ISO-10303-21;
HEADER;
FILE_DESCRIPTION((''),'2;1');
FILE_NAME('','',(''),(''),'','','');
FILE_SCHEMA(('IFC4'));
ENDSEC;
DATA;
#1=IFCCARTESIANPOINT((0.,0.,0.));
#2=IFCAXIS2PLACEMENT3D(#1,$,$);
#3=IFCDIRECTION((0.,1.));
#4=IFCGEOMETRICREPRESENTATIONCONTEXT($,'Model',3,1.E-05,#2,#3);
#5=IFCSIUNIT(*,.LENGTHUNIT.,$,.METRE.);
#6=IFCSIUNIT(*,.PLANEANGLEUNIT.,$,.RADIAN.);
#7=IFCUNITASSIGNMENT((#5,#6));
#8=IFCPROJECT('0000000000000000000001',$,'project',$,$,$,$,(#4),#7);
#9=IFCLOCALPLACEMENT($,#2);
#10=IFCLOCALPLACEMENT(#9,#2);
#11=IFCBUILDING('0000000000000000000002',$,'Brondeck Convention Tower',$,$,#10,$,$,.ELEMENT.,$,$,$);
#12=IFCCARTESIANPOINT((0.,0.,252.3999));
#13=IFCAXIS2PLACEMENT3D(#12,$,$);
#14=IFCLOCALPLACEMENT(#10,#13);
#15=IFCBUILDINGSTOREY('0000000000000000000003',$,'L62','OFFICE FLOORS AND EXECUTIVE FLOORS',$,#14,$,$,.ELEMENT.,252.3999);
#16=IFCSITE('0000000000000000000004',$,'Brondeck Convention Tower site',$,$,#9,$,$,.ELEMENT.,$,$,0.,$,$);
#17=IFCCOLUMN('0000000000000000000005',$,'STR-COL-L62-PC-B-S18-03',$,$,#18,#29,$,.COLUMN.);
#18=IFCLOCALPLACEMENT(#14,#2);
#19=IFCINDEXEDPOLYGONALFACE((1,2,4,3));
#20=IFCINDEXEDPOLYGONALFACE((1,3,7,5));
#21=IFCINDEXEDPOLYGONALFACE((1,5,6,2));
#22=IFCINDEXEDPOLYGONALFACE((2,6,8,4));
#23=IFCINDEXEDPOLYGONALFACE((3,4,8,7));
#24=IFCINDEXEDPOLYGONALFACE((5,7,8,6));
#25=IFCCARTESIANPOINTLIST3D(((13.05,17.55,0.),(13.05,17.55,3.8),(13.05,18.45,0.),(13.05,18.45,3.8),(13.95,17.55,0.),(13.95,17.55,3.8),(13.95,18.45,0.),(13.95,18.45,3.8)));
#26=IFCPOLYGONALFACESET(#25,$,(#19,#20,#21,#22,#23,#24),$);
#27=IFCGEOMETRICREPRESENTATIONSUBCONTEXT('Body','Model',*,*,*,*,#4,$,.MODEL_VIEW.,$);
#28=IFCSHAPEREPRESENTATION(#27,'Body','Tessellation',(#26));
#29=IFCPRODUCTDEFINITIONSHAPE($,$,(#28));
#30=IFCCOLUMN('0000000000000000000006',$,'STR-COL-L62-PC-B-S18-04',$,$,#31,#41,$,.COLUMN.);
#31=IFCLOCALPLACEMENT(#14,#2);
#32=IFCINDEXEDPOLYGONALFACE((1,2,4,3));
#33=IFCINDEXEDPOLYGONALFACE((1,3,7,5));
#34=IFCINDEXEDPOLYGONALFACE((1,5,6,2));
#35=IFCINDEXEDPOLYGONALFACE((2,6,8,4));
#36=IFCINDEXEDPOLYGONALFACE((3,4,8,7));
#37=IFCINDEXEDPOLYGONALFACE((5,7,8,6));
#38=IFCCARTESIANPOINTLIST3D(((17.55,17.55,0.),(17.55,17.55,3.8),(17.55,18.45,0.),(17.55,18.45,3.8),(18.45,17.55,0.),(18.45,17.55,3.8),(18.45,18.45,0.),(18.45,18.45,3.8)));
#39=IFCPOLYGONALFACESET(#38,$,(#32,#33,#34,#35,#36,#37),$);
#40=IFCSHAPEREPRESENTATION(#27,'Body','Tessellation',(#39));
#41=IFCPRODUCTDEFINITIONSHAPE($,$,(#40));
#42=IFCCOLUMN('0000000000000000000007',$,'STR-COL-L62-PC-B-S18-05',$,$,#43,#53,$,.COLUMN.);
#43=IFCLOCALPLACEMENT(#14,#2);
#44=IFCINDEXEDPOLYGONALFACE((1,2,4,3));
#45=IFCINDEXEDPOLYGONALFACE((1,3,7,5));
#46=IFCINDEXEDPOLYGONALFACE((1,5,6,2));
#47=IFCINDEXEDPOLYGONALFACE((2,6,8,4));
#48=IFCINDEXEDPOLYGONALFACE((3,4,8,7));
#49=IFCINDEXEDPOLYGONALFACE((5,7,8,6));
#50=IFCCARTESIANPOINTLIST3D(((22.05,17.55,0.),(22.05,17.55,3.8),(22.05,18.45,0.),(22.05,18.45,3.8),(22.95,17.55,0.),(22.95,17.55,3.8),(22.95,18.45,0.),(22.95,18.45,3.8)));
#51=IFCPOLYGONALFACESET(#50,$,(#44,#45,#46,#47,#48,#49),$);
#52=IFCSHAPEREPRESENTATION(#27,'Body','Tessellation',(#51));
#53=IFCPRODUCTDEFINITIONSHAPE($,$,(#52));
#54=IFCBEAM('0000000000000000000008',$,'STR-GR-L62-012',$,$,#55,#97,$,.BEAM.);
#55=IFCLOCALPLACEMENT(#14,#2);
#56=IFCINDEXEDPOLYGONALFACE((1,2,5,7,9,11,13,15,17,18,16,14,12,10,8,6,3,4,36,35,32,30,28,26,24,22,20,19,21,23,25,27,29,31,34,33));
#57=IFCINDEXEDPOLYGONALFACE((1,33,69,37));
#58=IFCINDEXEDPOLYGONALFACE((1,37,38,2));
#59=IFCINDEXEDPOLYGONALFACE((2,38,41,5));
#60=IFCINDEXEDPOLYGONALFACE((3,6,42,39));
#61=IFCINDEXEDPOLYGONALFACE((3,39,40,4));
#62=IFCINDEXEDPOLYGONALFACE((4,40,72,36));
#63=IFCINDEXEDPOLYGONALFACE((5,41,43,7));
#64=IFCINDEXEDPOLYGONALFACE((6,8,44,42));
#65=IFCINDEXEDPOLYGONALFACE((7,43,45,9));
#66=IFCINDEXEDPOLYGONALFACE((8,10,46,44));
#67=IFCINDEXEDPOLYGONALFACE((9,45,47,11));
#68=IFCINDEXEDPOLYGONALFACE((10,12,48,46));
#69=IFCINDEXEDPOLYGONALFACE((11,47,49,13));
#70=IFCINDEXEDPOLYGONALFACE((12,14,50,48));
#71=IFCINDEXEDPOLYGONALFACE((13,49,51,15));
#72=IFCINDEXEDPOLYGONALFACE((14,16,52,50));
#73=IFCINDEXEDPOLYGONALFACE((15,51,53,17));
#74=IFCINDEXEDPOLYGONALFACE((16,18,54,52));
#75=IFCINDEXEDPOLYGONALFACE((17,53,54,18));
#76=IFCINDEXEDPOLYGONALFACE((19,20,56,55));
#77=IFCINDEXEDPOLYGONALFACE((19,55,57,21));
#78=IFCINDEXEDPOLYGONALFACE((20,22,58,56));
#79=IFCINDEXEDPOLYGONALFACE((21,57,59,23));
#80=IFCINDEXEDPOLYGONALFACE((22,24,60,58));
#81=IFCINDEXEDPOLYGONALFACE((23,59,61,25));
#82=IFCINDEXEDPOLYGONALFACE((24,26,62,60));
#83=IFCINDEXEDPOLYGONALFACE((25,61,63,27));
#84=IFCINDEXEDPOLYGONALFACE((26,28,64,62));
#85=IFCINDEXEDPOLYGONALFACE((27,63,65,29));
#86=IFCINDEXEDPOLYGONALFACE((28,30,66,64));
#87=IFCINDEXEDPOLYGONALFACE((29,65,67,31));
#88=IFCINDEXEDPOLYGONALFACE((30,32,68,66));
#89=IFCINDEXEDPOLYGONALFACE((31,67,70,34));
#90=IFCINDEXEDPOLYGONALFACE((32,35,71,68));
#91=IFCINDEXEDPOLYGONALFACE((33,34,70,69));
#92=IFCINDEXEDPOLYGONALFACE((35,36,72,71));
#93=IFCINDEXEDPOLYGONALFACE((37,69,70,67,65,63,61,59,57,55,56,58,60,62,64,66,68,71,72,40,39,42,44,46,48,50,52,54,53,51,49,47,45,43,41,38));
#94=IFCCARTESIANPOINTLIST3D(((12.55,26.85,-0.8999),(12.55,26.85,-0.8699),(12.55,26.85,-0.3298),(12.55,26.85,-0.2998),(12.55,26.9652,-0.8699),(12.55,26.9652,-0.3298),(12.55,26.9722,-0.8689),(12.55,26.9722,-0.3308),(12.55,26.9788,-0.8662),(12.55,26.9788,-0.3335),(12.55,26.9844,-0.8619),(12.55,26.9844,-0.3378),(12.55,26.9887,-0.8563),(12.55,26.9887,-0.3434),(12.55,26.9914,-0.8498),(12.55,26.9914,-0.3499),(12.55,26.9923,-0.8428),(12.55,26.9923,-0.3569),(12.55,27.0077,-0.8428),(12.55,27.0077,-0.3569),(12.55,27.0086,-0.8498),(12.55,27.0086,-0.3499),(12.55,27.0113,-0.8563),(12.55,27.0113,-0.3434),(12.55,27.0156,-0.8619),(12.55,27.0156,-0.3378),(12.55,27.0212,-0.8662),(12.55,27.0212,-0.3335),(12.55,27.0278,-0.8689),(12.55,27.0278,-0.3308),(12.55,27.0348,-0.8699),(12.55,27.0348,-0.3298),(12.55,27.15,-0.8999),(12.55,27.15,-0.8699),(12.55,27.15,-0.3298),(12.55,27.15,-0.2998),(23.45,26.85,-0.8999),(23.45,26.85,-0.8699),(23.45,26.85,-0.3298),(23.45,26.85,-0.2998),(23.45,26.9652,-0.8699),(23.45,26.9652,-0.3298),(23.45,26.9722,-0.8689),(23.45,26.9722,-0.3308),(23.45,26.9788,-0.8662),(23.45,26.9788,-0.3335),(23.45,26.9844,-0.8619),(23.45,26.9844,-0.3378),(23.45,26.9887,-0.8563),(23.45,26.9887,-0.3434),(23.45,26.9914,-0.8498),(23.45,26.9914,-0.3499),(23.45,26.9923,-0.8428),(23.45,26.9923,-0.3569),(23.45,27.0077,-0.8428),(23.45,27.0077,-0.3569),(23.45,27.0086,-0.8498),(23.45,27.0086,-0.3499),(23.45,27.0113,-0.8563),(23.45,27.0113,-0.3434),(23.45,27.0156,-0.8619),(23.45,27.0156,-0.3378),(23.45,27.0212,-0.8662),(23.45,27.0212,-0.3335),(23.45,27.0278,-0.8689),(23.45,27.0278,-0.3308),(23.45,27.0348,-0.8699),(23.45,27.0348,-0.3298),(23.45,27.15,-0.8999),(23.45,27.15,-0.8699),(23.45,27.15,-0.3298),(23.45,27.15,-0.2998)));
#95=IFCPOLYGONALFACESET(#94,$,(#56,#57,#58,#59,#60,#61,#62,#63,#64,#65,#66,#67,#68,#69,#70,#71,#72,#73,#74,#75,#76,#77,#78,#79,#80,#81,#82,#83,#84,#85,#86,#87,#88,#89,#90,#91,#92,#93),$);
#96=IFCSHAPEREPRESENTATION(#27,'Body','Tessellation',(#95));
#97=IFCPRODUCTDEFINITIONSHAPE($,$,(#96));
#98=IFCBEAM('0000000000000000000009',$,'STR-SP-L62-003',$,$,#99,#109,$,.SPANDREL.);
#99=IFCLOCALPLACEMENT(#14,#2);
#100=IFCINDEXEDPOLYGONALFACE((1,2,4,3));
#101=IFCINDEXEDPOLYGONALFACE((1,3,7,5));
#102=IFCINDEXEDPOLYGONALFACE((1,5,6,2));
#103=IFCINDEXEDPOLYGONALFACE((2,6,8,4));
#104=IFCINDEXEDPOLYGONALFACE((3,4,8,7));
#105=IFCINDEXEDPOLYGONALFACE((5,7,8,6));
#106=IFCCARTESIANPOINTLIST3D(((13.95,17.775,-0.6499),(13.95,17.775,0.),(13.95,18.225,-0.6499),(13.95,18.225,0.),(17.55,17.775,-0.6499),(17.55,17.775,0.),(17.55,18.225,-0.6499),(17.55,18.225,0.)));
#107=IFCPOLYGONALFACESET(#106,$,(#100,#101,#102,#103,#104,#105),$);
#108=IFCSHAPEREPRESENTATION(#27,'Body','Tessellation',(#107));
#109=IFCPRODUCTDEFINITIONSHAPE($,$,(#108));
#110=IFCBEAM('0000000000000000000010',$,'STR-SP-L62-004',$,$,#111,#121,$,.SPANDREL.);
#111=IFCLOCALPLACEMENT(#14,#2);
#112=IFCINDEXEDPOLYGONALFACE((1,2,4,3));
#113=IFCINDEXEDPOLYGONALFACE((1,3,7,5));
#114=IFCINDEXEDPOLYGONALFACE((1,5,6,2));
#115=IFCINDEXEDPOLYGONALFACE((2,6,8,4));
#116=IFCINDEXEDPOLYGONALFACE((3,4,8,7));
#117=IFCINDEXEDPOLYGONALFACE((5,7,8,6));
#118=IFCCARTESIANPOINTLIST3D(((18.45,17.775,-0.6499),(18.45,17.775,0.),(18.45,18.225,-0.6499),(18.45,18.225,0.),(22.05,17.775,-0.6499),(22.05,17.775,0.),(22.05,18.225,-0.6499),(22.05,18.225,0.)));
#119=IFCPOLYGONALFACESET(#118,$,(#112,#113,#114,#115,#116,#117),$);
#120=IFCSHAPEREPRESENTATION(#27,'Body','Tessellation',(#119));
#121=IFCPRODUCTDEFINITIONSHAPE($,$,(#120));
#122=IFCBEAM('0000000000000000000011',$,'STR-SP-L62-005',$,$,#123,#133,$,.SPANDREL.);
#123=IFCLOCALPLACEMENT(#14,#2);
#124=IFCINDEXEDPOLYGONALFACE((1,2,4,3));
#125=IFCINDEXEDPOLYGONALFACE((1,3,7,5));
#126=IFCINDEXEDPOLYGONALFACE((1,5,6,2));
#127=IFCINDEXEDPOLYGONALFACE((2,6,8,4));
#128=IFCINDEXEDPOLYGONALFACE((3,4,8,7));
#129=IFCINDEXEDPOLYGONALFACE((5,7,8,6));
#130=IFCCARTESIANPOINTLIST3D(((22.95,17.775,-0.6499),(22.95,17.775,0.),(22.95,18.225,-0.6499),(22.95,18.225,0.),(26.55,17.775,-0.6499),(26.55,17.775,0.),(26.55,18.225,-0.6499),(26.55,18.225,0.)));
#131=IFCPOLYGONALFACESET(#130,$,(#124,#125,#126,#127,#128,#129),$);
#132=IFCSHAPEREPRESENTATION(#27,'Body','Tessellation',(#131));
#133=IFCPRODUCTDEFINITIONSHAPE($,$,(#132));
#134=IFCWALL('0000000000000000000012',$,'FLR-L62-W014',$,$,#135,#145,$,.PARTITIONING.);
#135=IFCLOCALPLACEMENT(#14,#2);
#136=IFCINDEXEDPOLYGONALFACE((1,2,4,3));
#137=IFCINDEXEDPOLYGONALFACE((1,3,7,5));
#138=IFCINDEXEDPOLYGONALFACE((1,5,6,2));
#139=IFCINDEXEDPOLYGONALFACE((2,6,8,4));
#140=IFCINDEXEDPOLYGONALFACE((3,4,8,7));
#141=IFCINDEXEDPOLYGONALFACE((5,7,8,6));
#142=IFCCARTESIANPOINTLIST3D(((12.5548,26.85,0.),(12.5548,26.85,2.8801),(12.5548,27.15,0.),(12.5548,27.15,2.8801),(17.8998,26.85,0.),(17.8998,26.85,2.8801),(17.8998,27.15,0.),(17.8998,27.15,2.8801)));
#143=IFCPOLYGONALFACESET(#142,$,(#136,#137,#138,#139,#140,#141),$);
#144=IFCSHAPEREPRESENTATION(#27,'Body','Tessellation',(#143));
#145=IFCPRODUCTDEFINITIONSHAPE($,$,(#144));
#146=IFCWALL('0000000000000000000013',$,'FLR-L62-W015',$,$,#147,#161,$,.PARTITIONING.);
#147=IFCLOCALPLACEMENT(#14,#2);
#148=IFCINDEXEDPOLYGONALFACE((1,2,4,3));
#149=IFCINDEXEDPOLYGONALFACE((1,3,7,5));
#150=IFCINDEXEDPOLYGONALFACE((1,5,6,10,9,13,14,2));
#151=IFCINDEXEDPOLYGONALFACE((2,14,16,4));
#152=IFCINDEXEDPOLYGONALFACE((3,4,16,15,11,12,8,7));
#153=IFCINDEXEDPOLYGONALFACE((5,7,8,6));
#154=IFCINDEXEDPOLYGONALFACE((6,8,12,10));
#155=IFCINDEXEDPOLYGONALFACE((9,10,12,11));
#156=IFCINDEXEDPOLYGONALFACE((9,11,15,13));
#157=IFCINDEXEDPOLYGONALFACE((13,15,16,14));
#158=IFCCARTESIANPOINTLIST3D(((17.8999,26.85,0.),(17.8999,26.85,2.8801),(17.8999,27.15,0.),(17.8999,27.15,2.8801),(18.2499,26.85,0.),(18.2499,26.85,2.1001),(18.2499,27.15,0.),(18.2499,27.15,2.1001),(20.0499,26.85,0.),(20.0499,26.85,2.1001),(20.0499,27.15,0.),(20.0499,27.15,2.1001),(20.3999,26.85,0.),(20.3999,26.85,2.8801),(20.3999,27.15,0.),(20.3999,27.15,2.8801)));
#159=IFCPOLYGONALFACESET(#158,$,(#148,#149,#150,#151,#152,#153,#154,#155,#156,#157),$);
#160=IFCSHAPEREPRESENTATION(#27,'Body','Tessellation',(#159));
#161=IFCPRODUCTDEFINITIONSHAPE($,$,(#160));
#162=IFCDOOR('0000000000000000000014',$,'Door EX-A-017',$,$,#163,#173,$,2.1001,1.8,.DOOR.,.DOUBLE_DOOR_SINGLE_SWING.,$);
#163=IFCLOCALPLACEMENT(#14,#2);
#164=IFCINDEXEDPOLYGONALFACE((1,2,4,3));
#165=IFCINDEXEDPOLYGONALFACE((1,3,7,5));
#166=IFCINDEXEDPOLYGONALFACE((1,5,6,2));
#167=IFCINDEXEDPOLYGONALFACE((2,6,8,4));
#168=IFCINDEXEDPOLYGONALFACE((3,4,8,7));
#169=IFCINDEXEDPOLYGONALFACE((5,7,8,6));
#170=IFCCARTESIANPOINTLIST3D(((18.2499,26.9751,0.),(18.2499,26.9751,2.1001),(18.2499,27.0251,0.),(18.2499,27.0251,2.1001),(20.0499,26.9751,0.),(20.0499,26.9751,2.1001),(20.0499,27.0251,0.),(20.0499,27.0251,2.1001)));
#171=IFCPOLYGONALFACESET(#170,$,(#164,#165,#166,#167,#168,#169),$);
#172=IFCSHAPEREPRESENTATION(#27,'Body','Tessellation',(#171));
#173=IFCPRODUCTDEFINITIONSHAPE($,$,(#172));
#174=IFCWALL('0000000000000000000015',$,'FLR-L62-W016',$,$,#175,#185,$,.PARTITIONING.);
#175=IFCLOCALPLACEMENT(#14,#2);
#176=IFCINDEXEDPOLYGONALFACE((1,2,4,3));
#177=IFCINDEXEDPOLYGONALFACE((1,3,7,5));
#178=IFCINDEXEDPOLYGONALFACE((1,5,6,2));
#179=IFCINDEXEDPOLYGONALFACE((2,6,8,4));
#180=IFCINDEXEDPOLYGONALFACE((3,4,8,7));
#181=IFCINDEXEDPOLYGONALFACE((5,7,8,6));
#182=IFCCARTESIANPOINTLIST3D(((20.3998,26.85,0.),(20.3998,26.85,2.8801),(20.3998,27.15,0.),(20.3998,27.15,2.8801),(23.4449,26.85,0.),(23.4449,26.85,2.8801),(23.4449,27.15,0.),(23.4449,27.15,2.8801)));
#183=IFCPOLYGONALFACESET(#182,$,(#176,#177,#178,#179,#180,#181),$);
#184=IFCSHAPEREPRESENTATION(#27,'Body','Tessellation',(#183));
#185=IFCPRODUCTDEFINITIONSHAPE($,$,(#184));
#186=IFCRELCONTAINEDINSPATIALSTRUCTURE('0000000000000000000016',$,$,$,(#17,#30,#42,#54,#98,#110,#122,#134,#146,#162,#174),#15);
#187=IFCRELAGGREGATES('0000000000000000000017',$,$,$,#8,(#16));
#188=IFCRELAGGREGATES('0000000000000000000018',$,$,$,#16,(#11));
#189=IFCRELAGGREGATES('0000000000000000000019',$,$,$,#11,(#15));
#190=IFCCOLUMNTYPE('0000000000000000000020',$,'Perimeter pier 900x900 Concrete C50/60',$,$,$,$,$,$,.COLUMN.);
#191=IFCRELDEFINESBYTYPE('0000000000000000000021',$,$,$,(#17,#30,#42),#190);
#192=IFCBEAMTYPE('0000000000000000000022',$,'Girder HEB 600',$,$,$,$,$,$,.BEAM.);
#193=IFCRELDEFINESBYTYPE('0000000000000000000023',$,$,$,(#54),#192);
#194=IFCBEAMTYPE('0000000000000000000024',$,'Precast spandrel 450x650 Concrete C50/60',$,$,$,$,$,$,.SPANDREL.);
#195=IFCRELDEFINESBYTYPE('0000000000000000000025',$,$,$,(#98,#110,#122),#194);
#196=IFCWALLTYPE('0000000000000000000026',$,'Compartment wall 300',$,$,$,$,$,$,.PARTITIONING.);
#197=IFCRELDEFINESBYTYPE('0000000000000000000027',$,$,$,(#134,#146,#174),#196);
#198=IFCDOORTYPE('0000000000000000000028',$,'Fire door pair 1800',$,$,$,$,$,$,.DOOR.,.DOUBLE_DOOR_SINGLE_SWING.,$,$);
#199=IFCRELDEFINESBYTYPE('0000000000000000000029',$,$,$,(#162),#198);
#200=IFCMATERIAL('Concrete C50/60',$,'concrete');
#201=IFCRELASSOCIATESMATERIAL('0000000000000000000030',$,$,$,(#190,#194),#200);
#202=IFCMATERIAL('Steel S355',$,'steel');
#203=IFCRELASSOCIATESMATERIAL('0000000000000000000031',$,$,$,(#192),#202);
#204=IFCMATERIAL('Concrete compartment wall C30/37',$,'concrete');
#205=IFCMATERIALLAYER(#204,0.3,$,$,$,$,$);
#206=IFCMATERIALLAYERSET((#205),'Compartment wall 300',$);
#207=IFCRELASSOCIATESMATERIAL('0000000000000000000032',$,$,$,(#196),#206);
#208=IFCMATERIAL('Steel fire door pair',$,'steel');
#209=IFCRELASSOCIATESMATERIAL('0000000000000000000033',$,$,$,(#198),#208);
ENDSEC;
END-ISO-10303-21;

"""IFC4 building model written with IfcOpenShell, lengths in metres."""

from ifc_helpers import new_model, si_unit, direction, frame, frame_2d, origin, origin_2d, place, context, subcontext, project, spatial, rectangle, i_section, extrude, material, layer, layer_set, material_profile, profile_set, type_object, element, fill, save


model = new_model("IFC4")

# Units and contexts
model_context = context("Model", 3, precision=1e-05, world=origin(), true_north=direction((0.0, 1.0)))
body_context = subcontext(model_context, "Body", "Model", "MODEL_VIEW")
ifc_project = project(units=[si_unit("LENGTHUNIT", "METRE"), si_unit("PLANEANGLEUNIT", "RADIAN")], contexts=[model_context])

# Site, building, storey
site_placement = place(None, origin())
site = spatial("IfcSite", under=ifc_project, at=site_placement, Name="Brondeck Convention Tower site", CompositionType="ELEMENT", RefElevation=0.0)
building_placement = place(site_placement, origin())
building = spatial("IfcBuilding", under=site, at=building_placement, Name="Brondeck Convention Tower", CompositionType="ELEMENT")
storey_placement = place(building_placement, frame((0.0, 0.0, 252.3999)))
storey = spatial("IfcBuildingStorey", under=building, at=storey_placement, Name="L62", Description="OFFICE FLOORS AND EXECUTIVE FLOORS", CompositionType="ELEMENT", Elevation=252.3999)

# Columns
ifc_material_1 = material(Name="Concrete C50/60", Category="concrete")
ifc_material_profile_1 = material_profile(ifc_material_1, rectangle(XDim=0.8999, YDim=0.8999, at=origin_2d()), Name="Perimeter pier 900x900 Concrete C50/60")
ifc_profile_set_1 = profile_set([ifc_material_profile_1], Name="Concrete C50/60")
column_type = type_object("IfcColumnType", Name="Perimeter pier 900x900 Concrete C50/60", PredefinedType="COLUMN", material=ifc_profile_set_1)
for number, where, z_axis, x_axis, name in (
    (1, (13.5, 18.0, 0.0), (0.0, 0.0, 1.0), (1.0, 0.0, 0.0), "STR-COL-L62-PC-B-S18-03"),
    (2, (18.0, 18.0, 0.0), (0.0, 0.0, 1.0), (1.0, 0.0, 0.0), "STR-COL-L62-PC-B-S18-04"),
    (3, (22.5, 18.0, 0.0), (0.0, 0.0, 1.0), (1.0, 0.0, 0.0), "STR-COL-L62-PC-B-S18-05"),
):
    element("IfcColumn", number, at=place(storey_placement, frame(where, z_axis=z_axis, x_axis=x_axis)), inside=storey, type_object=column_type, Name=name, PredefinedType="COLUMN", context=body_context, shape_type="SweptSolid", body=[
        extrude(rectangle(XDim=0.8999, YDim=0.8999, at=origin_2d()), origin(), (0.0, 0.0, 1.0), 3.8),
    ])

# Beams
ifc_material_2 = material(Name="Steel S355", Category="steel")
ifc_material_profile_2 = material_profile(ifc_material_2, i_section(OverallWidth=0.3, OverallDepth=0.6001, WebThickness=0.0154, FlangeThickness=0.03, FilletRadius=0.0271, at=origin_2d()), Name="HEB 600")
ifc_profile_set_2 = profile_set([ifc_material_profile_2], Name="Steel S355")
beam_type_1 = type_object("IfcBeamType", Name="Girder HEB 600", PredefinedType="BEAM", material=ifc_profile_set_2)
beam_placement = place(storey_placement, frame((12.55, 27.0, -0.5999), z_axis=(1.0, 0.0, 0.0), x_axis=(0.0, 1.0, 0.0)))
element("IfcBeam", 4, at=beam_placement, inside=storey, type_object=beam_type_1, Name="STR-GR-L62-012", PredefinedType="BEAM", context=body_context, shape_type="SweptSolid", body=[
    extrude(i_section(OverallWidth=0.3, OverallDepth=0.6001, WebThickness=0.0154, FlangeThickness=0.03, FilletRadius=0.0271, at=origin_2d()), origin(), (0.0, 0.0, 1.0), 10.8999),
])
ifc_material_profile_3 = material_profile(ifc_material_1, rectangle(XDim=0.45, YDim=0.6499, at=origin_2d()), Name="Precast spandrel 450x650 Concrete C50/60")
ifc_profile_set_3 = profile_set([ifc_material_profile_3], Name="Concrete C50/60")
beam_type_2 = type_object("IfcBeamType", Name="Precast spandrel 450x650 Concrete C50/60", PredefinedType="SPANDREL", material=ifc_profile_set_3)
for number, where, z_axis, x_axis, name in (
    (5, (13.95, 18.0, -0.325), (1.0, 0.0, 0.0), (0.0, 1.0, 0.0), "STR-SP-L62-003"),
    (6, (18.45, 18.0, -0.325), (1.0, 0.0, 0.0), (0.0, 1.0, 0.0), "STR-SP-L62-004"),
    (7, (22.95, 18.0, -0.325), (1.0, 0.0, 0.0), (0.0, 1.0, 0.0), "STR-SP-L62-005"),
):
    element("IfcBeam", number, at=place(storey_placement, frame(where, z_axis=z_axis, x_axis=x_axis)), inside=storey, type_object=beam_type_2, Name=name, PredefinedType="SPANDREL", context=body_context, shape_type="SweptSolid", body=[
        extrude(rectangle(XDim=0.45, YDim=0.6499, at=origin_2d()), origin(), (0.0, 0.0, 1.0), 3.6001),
    ])

# Wall
ifc_material_3 = material(Name="Concrete compartment wall C30/37", Category="concrete")
ifc_layer_1 = layer(ifc_material_3, 0.3)
ifc_layer_set_1 = layer_set([ifc_layer_1], Name="Compartment wall 300")
wall_type_1 = type_object("IfcWallType", Name="Compartment wall 300", PredefinedType="PARTITIONING", material=ifc_layer_set_1)
wall_1_placement = place(storey_placement, frame((12.5549, 27.0, 0.0), z_axis=(0.0, 0.0, 1.0), x_axis=(1.0, 0.0, 0.0)))
element("IfcWall", 8, at=wall_1_placement, inside=storey, type_object=wall_type_1, Name="FLR-L62-W014", PredefinedType="PARTITIONING", context=body_context, shape_type="SweptSolid", body=[
    extrude(rectangle(XDim=5.345, YDim=0.3, at=frame_2d((2.6724, 0.0))), origin(), (0.0, 0.0, 1.0), 2.8801),
])

# Wall, opening, door
wall_2_placement = place(storey_placement, frame((20.3999, 27.0, 0.0), z_axis=(0.0, 0.0, 1.0), x_axis=(-1.0, 0.0, 0.0)))
wall_2 = element("IfcWall", 9, at=wall_2_placement, inside=storey, type_object=wall_type_1, Name="FLR-L62-W015", PredefinedType="PARTITIONING", context=body_context, shape_type="SweptSolid", body=[
    extrude(rectangle(XDim=2.5, YDim=0.3, at=frame_2d((1.25, 0.0))), origin(), (0.0, 0.0, 1.0), 2.8801),
])
opening_1_placement = place(wall_2_placement, frame((0.3501, 0.0, 0.0)))
opening_1 = element("IfcOpeningElement", 10, at=opening_1_placement, cuts=wall_2, PredefinedType="OPENING", context=body_context, shape_type="SweptSolid", body=[
    extrude(rectangle(XDim=1.8, YDim=2.1001, at=frame_2d((0.8999, 1.05))), frame((0.0, 0.1599, 0.0), z_axis=(0.0, -1.0, 0.0), x_axis=(1.0, 0.0, 0.0)), (0.0, 0.0, 1.0), 0.3201),
])
ifc_material_4 = material(Name="Steel fire door pair", Category="steel")
door_type_1 = type_object("IfcDoorType", Name="Fire door pair 1800", OperationType="DOUBLE_DOOR_SINGLE_SWING", PredefinedType="DOOR", material=ifc_material_4)
door_1_placement = place(opening_1_placement, origin())
door_1 = element("IfcDoor", 11, at=door_1_placement, inside=storey, type_object=door_type_1, Name="Door EX-A-017", OperationType="DOUBLE_DOOR_SINGLE_SWING", OverallHeight=2.1001, OverallWidth=1.8, PredefinedType="DOOR", context=body_context, shape_type="SweptSolid", body=[
    extrude(rectangle(XDim=1.8, YDim=2.1001, at=frame_2d((0.8999, 1.05))), frame((0.0, 0.0249, 0.0), z_axis=(0.0, -1.0, 0.0), x_axis=(1.0, 0.0, 0.0)), (0.0, 0.0, 1.0), 0.05),
])
fill(opening_1, door_1)

# Wall
wall_3_placement = place(storey_placement, frame((20.3999, 27.0, 0.0), z_axis=(0.0, 0.0, 1.0), x_axis=(1.0, 0.0, 0.0)))
element("IfcWall", 12, at=wall_3_placement, inside=storey, type_object=wall_type_1, Name="FLR-L62-W016", PredefinedType="PARTITIONING", context=body_context, shape_type="SweptSolid", body=[
    extrude(rectangle(XDim=3.0452, YDim=0.3, at=frame_2d((1.5225, 0.0))), origin(), (0.0, 0.0, 1.0), 2.8801),
])

save(model, "model.ifc")
